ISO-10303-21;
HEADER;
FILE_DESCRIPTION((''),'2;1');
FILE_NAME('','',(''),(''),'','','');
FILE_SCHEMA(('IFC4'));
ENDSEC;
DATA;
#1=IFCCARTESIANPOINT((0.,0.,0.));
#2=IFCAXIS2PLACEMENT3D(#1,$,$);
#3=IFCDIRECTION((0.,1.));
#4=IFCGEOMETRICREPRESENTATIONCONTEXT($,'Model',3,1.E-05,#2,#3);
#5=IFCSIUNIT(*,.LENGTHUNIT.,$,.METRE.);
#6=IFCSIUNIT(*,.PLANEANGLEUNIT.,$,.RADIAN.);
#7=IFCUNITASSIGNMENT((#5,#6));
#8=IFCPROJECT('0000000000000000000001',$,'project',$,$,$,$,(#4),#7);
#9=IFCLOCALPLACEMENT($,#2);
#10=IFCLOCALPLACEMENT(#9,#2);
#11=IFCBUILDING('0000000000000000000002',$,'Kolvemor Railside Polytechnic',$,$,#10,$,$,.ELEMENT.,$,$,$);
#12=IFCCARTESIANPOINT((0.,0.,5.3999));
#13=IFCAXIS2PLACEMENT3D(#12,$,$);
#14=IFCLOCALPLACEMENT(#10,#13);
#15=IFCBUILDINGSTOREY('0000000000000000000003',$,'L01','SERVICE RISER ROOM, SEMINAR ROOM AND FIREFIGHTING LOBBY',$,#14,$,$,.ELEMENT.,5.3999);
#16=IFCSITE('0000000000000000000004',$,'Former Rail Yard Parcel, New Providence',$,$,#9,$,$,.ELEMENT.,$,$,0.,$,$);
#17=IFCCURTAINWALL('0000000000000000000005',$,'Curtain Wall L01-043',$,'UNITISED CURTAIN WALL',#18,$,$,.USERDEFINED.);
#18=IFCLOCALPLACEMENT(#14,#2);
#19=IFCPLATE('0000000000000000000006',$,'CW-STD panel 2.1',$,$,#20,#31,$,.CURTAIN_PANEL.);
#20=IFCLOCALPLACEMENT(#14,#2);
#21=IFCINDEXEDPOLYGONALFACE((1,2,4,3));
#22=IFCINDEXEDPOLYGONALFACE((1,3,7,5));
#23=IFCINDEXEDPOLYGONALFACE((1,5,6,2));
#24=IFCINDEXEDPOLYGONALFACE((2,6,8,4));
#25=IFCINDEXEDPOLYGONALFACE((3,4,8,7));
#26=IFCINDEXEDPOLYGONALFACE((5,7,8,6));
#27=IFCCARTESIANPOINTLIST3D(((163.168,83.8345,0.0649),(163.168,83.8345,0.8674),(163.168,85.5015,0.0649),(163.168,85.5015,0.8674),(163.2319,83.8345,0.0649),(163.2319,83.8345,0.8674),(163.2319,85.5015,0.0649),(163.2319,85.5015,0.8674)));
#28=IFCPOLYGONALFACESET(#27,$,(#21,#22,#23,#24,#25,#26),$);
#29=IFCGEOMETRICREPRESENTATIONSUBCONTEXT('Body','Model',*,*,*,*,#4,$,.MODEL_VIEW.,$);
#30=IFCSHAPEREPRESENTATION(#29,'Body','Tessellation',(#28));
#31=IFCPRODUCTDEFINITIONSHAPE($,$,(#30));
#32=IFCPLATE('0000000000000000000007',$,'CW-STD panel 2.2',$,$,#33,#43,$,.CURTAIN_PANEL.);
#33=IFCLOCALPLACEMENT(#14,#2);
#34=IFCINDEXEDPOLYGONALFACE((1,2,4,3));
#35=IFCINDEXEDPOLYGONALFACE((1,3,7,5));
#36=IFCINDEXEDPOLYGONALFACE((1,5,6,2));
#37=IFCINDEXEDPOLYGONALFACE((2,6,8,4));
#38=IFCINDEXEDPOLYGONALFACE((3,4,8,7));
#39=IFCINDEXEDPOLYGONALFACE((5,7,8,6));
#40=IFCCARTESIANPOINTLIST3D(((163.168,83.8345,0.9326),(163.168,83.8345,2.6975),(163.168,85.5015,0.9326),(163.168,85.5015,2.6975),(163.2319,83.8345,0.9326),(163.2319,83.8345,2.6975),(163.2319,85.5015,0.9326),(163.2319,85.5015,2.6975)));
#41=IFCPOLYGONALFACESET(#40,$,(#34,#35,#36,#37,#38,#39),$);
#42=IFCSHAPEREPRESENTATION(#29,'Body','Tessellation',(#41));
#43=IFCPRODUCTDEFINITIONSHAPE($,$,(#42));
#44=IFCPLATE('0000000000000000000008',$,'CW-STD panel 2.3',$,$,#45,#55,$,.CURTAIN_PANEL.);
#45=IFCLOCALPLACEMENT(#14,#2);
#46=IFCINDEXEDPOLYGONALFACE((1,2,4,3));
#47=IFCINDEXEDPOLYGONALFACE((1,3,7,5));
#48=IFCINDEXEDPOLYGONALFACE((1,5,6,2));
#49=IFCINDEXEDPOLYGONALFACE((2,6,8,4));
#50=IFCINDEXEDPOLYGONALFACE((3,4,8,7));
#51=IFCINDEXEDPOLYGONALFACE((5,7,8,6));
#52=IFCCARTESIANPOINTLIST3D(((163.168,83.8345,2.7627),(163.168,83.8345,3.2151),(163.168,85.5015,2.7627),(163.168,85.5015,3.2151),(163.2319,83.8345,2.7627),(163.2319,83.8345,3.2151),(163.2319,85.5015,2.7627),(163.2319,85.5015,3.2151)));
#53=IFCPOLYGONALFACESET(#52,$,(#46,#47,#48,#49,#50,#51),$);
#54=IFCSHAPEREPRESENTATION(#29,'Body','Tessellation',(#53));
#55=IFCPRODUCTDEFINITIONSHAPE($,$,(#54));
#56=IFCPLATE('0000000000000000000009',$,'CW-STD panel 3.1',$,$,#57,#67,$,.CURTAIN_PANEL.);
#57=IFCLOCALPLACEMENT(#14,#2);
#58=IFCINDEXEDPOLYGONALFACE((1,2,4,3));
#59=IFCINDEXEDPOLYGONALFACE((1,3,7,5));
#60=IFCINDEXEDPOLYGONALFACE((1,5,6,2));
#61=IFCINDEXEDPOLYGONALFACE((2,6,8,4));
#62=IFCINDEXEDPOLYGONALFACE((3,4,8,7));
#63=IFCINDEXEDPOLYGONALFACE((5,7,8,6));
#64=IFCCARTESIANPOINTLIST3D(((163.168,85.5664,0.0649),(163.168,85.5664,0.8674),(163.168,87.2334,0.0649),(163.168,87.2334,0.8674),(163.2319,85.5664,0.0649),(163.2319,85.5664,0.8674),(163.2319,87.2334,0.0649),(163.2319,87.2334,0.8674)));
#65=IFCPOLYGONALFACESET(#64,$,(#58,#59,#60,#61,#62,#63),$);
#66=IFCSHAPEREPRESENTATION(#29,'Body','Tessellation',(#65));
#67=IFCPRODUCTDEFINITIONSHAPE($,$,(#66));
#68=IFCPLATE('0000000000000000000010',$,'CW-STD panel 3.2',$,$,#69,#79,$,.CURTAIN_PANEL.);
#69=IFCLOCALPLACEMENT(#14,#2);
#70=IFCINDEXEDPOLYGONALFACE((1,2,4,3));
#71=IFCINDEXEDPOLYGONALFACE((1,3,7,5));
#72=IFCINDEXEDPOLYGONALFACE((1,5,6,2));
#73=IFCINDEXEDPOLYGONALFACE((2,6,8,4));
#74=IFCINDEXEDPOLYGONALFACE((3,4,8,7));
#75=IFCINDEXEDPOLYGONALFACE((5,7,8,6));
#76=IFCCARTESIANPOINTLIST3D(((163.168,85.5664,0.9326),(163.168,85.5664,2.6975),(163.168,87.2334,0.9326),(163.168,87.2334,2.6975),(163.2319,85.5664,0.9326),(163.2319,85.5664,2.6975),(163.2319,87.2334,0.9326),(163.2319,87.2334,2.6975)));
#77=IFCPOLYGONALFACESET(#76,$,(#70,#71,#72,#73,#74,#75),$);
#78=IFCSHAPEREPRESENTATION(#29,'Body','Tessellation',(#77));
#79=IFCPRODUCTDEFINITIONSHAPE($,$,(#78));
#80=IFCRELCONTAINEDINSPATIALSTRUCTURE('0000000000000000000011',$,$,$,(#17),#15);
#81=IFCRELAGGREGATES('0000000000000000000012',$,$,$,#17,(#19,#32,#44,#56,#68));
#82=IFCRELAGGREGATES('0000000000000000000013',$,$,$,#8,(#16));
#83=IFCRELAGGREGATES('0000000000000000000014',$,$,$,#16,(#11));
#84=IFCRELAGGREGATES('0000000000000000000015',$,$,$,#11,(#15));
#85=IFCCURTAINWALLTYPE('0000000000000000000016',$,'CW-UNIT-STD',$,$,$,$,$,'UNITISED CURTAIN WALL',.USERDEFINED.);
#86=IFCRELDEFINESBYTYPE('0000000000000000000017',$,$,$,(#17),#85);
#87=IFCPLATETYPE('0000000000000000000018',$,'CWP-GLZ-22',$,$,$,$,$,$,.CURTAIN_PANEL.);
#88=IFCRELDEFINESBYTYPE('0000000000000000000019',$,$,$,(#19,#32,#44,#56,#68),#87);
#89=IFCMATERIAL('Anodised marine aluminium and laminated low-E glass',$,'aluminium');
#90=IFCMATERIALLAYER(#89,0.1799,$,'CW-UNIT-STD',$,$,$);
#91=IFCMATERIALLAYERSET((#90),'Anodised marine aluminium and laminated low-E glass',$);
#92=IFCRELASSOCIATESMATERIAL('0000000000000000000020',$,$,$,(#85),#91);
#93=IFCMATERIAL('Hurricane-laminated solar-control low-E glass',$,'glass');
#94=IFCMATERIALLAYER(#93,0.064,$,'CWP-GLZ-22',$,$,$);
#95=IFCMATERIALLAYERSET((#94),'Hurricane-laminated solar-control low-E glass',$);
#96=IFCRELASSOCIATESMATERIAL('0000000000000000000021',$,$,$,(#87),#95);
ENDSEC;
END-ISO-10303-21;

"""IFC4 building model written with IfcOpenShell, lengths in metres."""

from ifc_helpers import new_model, si_unit, direction, frame, origin, origin_2d, place, context, subcontext, project, spatial, rectangle, extrude, material, layer, layer_set, type_object, element, aggregate, save


model = new_model("IFC4")

# Units and contexts
model_context = context("Model", 3, precision=1e-05, world=origin(), true_north=direction((0.0, 1.0)))
body_context = subcontext(model_context, "Body", "Model", "MODEL_VIEW")
ifc_project = project(units=[si_unit("LENGTHUNIT", "METRE"), si_unit("PLANEANGLEUNIT", "RADIAN")], contexts=[model_context])

# Site, building, storey
site_placement = place(None, origin())
site = spatial("IfcSite", under=ifc_project, at=site_placement, Name="Former Rail Yard Parcel, New Providence", CompositionType="ELEMENT", RefElevation=0.0)
building_placement = place(site_placement, origin())
building = spatial("IfcBuilding", under=site, at=building_placement, Name="Kolvemor Railside Polytechnic", CompositionType="ELEMENT")
storey_placement = place(building_placement, frame((0.0, 0.0, 5.3999)))
storey = spatial("IfcBuildingStorey", under=building, at=storey_placement, Name="L01", Description="SERVICE RISER ROOM, SEMINAR ROOM AND FIREFIGHTING LOBBY", CompositionType="ELEMENT", Elevation=5.3999)

# Curtain wall
ifc_material_1 = material(Name="Anodised marine aluminium and laminated low-E glass", Category="aluminium")
ifc_layer_1 = layer(ifc_material_1, 0.1799, Name="CW-UNIT-STD")
ifc_layer_set_1 = layer_set([ifc_layer_1], Name="Anodised marine aluminium and laminated low-E glass")
curtain_wall_type = type_object("IfcCurtainWallType", Name="CW-UNIT-STD", ElementType="UNITISED CURTAIN WALL", PredefinedType="USERDEFINED", material=ifc_layer_set_1)
curtain_wall_placement = place(storey_placement, origin())
curtain_wall = element("IfcCurtainWall", 1, at=curtain_wall_placement, inside=storey, type_object=curtain_wall_type, Name="Curtain Wall L01-043", ObjectType="UNITISED CURTAIN WALL", PredefinedType="USERDEFINED")

# Plates
ifc_material_2 = material(Name="Hurricane-laminated solar-control low-E glass", Category="glass")
ifc_layer_2 = layer(ifc_material_2, 0.064, Name="CWP-GLZ-22")
ifc_layer_set_2 = layer_set([ifc_layer_2], Name="Hurricane-laminated solar-control low-E glass")
plate_type = type_object("IfcPlateType", Name="CWP-GLZ-22", PredefinedType="CURTAIN_PANEL", material=ifc_layer_set_2)
plate_1_placement = place(storey_placement, frame((163.2, 84.668, 0.0649), z_axis=(0.0, 0.0, 1.0), x_axis=(0.0, 1.0, 0.0)))
plate_1 = element("IfcPlate", 2, at=plate_1_placement, type_object=plate_type, Name="CW-STD panel 2.1", PredefinedType="CURTAIN_PANEL", context=body_context, shape_type="SweptSolid", body=[
    extrude(rectangle(XDim=1.667, YDim=0.064, at=origin_2d()), origin(), (0.0, 0.0, 1.0), 0.8025),
])
plate_2_placement = place(storey_placement, frame((163.2, 84.668, 0.9326), z_axis=(0.0, 0.0, 1.0), x_axis=(0.0, 1.0, 0.0)))
plate_2 = element("IfcPlate", 3, at=plate_2_placement, type_object=plate_type, Name="CW-STD panel 2.2", PredefinedType="CURTAIN_PANEL", context=body_context, shape_type="SweptSolid", body=[
    extrude(rectangle(XDim=1.667, YDim=0.064, at=origin_2d()), origin(), (0.0, 0.0, 1.0), 1.7649),
])
plate_3_placement = place(storey_placement, frame((163.2, 84.668, 2.7627), z_axis=(0.0, 0.0, 1.0), x_axis=(0.0, 1.0, 0.0)))
plate_3 = element("IfcPlate", 4, at=plate_3_placement, type_object=plate_type, Name="CW-STD panel 2.3", PredefinedType="CURTAIN_PANEL", context=body_context, shape_type="SweptSolid", body=[
    extrude(rectangle(XDim=1.667, YDim=0.064, at=origin_2d()), origin(), (0.0, 0.0, 1.0), 0.4524),
])
plate_4_placement = place(storey_placement, frame((163.2, 86.3999, 0.0649), z_axis=(0.0, 0.0, 1.0), x_axis=(0.0, 1.0, 0.0)))
plate_4 = element("IfcPlate", 5, at=plate_4_placement, type_object=plate_type, Name="CW-STD panel 3.1", PredefinedType="CURTAIN_PANEL", context=body_context, shape_type="SweptSolid", body=[
    extrude(rectangle(XDim=1.667, YDim=0.064, at=origin_2d()), origin(), (0.0, 0.0, 1.0), 0.8025),
])
plate_5_placement = place(storey_placement, frame((163.2, 86.3999, 0.9326), z_axis=(0.0, 0.0, 1.0), x_axis=(0.0, 1.0, 0.0)))
plate_5 = element("IfcPlate", 6, at=plate_5_placement, type_object=plate_type, Name="CW-STD panel 3.2", PredefinedType="CURTAIN_PANEL", context=body_context, shape_type="SweptSolid", body=[
    extrude(rectangle(XDim=1.667, YDim=0.064, at=origin_2d()), origin(), (0.0, 0.0, 1.0), 1.7649),
])
aggregate(curtain_wall, [plate_1, plate_2, plate_3, plate_4, plate_5])

save(model, "model.ifc")
